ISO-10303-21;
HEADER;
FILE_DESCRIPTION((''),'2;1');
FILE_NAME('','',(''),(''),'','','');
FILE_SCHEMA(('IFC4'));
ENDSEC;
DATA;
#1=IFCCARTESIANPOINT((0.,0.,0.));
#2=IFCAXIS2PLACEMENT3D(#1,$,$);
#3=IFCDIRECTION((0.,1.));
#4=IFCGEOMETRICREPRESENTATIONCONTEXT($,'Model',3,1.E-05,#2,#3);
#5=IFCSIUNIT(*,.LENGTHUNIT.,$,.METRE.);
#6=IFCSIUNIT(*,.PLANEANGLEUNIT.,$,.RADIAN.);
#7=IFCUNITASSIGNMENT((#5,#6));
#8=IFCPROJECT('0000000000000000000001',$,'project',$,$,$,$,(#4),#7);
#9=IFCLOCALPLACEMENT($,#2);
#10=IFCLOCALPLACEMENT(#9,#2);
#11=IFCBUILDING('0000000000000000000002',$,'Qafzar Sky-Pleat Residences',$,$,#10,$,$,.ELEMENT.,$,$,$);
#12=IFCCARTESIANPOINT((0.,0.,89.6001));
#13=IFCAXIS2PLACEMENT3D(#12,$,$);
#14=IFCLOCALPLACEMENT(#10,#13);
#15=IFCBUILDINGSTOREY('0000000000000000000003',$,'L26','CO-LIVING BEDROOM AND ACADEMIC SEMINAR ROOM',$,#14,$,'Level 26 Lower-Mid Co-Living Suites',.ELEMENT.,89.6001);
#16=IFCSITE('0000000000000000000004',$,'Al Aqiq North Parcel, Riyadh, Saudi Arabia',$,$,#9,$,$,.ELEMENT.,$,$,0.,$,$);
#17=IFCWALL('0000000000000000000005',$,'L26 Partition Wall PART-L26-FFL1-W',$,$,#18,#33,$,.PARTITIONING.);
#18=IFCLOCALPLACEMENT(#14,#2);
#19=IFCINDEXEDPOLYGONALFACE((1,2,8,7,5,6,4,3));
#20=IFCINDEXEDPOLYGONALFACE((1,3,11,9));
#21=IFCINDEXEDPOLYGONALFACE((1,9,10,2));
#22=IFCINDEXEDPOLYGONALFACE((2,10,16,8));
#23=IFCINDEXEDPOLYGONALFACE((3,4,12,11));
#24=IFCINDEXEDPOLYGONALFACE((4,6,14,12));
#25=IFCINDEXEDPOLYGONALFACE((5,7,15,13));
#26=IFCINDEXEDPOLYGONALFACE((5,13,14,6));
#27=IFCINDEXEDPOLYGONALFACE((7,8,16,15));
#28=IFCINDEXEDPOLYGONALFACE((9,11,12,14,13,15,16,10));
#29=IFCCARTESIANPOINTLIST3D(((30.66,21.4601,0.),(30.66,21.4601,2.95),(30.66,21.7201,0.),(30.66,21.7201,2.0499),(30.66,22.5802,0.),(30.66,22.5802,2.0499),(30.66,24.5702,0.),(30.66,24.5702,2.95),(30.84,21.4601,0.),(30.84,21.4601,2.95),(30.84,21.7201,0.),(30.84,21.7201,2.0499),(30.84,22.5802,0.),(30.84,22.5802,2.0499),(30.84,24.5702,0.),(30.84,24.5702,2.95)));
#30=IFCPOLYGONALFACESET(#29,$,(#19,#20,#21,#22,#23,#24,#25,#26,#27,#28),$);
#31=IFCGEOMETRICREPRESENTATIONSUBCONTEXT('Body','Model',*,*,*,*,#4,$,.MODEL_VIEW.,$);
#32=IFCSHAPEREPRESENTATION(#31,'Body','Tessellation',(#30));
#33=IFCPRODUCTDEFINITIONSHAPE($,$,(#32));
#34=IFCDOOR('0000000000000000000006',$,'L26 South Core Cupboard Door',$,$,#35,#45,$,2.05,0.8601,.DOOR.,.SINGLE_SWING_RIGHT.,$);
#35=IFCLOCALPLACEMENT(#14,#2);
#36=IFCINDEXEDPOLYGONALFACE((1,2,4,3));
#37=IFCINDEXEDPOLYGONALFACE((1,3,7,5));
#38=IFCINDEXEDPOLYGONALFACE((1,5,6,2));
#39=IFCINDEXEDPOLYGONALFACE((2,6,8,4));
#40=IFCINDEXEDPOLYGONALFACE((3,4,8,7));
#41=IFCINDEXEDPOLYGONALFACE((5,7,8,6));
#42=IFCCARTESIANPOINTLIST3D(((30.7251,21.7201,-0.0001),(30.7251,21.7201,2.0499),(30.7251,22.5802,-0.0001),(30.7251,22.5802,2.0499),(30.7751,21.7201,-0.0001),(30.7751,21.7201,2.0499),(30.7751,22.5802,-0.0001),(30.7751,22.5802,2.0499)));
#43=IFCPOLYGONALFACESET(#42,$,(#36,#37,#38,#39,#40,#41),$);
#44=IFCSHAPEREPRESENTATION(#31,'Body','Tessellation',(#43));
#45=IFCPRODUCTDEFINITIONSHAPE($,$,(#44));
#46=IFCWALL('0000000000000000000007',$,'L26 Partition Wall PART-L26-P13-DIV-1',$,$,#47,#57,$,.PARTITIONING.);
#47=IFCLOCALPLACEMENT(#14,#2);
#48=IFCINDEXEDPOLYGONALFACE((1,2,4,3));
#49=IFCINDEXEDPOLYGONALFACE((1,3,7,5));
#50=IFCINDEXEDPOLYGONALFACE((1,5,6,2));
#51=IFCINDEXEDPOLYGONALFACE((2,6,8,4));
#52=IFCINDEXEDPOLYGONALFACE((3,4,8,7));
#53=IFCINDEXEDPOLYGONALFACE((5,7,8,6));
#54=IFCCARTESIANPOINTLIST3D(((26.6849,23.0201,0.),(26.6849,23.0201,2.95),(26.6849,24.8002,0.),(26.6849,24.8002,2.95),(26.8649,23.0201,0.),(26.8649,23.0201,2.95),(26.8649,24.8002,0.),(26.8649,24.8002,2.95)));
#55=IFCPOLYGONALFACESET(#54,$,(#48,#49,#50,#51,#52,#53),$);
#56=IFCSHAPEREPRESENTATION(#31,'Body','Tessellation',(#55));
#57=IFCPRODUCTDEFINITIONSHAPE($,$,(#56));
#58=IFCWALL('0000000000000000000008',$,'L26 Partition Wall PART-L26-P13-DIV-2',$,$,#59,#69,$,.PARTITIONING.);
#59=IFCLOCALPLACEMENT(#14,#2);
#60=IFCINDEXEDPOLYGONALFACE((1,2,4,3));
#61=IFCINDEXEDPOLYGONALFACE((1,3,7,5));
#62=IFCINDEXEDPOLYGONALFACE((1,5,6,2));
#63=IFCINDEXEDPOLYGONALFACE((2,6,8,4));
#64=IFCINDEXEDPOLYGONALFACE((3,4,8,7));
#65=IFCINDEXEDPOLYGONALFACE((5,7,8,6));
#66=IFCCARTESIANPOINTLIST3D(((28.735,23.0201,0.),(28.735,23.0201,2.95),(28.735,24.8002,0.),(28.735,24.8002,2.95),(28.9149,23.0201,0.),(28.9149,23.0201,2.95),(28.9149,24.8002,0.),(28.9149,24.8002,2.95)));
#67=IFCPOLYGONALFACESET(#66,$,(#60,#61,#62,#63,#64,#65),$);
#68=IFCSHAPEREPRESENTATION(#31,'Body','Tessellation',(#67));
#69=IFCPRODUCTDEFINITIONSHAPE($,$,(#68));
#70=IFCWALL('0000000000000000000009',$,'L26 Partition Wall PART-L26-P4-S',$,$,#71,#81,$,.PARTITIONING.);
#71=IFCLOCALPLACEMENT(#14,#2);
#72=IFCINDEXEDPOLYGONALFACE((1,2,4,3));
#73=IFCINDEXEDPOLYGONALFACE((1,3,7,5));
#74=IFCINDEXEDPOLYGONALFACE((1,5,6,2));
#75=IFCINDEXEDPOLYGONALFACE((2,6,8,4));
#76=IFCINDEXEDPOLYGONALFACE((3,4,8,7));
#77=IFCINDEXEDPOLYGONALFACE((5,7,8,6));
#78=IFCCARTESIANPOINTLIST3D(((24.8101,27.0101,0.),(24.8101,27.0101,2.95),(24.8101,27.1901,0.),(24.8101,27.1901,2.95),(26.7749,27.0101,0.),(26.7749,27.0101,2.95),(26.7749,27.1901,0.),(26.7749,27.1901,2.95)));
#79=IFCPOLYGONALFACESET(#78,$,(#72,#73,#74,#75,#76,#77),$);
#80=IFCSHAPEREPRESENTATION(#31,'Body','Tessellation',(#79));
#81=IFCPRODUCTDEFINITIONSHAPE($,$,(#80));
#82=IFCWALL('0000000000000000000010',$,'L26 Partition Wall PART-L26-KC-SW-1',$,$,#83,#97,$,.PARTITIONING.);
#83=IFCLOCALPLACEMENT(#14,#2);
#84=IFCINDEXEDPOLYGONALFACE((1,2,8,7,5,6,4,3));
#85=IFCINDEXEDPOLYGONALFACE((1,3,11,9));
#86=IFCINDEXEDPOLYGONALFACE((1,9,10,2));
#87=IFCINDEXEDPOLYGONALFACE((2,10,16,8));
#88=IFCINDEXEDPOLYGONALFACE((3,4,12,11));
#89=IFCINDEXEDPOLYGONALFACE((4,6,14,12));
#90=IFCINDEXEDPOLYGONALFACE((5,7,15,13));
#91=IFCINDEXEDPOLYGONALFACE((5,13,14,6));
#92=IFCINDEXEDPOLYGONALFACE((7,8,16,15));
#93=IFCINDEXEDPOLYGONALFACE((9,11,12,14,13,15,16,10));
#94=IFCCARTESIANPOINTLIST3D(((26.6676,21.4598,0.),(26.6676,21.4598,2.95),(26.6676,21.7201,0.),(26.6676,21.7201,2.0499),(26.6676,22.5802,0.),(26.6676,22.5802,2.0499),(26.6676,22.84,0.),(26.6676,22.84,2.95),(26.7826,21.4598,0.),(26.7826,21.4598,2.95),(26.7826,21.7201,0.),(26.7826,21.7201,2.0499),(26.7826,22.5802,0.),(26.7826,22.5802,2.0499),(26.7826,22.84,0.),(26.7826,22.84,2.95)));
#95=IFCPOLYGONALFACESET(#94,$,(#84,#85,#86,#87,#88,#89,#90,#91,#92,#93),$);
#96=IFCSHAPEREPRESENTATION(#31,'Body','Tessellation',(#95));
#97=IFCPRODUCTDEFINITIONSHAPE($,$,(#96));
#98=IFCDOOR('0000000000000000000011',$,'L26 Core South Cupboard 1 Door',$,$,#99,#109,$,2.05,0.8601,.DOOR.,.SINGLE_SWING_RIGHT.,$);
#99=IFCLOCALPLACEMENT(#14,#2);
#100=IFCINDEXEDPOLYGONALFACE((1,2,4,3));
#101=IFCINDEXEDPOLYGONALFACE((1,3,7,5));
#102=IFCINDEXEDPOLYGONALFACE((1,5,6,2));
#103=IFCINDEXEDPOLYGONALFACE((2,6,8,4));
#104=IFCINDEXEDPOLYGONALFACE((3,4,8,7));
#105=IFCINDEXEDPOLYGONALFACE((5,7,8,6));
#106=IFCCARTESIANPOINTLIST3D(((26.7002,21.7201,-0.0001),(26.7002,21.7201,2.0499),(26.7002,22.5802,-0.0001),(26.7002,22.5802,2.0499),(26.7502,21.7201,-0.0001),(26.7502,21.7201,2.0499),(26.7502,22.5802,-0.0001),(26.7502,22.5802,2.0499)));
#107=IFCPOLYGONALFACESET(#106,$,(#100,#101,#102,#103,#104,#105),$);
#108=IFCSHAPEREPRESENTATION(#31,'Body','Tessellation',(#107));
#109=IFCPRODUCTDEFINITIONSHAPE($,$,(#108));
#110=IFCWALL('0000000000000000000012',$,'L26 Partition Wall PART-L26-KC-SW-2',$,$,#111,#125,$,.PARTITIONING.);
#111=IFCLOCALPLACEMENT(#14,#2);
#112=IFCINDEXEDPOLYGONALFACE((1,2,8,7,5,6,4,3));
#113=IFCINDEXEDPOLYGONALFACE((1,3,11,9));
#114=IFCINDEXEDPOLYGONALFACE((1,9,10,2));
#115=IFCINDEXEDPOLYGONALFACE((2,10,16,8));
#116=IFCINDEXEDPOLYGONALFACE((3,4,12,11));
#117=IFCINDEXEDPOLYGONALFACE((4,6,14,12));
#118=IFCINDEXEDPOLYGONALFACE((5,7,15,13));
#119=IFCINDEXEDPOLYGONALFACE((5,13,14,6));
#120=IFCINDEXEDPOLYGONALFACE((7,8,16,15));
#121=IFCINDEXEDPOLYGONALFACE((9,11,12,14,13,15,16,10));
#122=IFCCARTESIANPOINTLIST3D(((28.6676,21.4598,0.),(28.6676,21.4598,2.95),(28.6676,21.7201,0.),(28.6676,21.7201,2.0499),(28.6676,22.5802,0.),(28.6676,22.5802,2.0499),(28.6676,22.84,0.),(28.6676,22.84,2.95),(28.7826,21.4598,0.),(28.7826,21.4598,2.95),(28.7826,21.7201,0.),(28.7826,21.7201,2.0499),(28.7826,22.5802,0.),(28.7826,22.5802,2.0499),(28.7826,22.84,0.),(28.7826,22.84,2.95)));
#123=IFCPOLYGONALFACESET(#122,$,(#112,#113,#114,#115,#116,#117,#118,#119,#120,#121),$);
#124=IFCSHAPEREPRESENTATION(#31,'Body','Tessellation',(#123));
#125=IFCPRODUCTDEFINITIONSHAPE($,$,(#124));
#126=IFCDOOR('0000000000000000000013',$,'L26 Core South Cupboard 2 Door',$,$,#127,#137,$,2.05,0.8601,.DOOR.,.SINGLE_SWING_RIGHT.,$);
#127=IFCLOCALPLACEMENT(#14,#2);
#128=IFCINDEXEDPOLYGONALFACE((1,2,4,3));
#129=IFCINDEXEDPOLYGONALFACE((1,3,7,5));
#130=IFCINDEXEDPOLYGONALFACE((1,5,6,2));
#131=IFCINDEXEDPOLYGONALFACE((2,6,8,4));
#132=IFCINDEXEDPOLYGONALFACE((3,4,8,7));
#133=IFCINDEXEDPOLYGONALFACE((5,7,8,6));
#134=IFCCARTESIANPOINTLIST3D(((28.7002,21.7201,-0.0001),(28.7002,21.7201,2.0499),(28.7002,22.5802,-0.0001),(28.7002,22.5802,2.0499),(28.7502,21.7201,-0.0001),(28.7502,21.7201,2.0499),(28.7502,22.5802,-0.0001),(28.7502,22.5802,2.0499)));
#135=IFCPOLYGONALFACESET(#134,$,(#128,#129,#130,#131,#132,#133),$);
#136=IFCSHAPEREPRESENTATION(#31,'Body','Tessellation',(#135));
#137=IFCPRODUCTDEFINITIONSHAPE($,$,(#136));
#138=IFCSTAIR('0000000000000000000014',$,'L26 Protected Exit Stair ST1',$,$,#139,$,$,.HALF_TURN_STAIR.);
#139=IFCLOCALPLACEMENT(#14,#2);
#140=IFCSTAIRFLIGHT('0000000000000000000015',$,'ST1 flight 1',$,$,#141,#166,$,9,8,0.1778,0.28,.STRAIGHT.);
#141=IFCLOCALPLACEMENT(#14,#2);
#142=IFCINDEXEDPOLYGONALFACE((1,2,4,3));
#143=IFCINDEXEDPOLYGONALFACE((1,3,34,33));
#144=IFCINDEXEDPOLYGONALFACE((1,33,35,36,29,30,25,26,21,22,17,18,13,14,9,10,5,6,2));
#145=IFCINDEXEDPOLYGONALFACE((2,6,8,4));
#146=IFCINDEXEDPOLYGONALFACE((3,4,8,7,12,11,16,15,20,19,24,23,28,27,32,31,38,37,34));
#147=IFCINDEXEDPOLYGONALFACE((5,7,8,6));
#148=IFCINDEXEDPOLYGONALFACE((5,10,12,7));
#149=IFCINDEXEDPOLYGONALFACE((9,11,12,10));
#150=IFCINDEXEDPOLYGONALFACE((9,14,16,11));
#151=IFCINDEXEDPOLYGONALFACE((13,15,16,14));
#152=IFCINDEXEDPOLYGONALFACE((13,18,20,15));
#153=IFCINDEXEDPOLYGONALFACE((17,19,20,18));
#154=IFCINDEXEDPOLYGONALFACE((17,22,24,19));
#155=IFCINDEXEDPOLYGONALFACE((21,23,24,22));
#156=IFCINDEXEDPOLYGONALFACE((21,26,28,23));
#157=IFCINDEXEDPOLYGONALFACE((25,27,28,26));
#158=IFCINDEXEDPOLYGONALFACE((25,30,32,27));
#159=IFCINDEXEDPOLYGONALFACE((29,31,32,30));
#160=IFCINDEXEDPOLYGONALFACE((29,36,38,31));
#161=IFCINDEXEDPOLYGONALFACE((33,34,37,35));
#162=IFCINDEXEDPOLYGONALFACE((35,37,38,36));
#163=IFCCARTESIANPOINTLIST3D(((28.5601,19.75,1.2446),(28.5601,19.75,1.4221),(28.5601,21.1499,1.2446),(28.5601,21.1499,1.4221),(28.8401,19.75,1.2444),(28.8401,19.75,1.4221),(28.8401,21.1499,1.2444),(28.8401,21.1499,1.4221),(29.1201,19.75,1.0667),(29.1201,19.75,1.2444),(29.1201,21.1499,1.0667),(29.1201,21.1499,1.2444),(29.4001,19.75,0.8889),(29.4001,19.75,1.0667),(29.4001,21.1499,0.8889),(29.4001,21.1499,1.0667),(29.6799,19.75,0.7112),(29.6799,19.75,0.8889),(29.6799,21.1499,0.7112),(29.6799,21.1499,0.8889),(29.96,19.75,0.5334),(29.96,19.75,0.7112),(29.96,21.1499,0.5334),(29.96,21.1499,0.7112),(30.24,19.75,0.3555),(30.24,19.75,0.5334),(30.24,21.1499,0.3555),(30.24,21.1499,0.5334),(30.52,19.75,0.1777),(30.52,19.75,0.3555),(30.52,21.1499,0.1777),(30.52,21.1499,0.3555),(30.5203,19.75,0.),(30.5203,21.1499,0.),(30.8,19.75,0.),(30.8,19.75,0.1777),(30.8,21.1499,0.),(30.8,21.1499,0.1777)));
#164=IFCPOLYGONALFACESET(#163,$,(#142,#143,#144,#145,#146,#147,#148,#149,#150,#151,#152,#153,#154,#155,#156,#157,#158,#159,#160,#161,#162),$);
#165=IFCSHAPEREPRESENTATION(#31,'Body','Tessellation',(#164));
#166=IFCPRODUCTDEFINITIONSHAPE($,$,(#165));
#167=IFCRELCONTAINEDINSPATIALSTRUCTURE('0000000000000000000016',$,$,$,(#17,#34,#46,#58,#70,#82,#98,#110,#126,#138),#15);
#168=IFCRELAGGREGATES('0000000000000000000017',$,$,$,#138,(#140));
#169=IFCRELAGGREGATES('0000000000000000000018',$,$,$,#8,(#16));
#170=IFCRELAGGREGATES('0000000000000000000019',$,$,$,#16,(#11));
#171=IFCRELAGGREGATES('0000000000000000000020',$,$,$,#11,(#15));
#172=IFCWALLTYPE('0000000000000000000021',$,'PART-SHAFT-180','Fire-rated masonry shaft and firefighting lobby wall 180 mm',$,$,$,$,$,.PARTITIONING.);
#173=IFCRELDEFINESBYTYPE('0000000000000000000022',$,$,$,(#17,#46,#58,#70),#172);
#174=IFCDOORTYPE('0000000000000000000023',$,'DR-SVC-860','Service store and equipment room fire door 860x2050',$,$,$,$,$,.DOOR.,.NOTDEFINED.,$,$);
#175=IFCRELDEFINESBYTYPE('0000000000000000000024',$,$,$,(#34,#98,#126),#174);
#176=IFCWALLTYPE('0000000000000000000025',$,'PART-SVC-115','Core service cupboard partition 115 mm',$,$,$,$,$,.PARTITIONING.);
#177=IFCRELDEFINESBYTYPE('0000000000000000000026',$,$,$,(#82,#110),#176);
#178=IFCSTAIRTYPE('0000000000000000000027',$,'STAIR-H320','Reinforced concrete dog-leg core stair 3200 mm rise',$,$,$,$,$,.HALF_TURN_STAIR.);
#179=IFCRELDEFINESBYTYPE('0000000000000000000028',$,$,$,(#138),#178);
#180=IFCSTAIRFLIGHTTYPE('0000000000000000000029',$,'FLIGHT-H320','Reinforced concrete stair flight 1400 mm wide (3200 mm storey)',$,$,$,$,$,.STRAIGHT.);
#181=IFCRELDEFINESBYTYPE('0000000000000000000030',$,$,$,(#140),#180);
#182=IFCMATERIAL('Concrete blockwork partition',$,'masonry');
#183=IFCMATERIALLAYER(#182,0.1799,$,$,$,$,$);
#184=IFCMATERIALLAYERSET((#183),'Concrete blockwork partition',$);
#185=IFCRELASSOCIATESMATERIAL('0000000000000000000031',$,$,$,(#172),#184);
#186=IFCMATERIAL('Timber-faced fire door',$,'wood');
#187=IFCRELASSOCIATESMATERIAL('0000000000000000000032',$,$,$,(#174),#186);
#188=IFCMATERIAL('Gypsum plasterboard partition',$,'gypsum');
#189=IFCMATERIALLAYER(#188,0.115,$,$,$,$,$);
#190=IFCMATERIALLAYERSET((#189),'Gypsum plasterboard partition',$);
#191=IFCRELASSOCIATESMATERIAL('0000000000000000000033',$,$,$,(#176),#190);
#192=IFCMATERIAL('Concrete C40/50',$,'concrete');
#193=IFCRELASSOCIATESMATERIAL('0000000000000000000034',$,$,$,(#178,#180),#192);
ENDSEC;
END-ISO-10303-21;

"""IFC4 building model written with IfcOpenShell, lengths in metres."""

from ifc_helpers import new_model, si_unit, direction, frame, frame_2d, origin, place, context, subcontext, project, spatial, polyline, rectangle, outline, extrude, source, transform, mapped, material, layer, layer_set, type_object, element, fill, aggregate, save


model = new_model("IFC4")

# Units and contexts
model_context = context("Model", 3, precision=1e-05, world=origin(), true_north=direction((0.0, 1.0)))
body_context = subcontext(model_context, "Body", "Model", "MODEL_VIEW")
ifc_project = project(units=[si_unit("LENGTHUNIT", "METRE"), si_unit("PLANEANGLEUNIT", "RADIAN")], contexts=[model_context])

# Site, building, storey
site_placement = place(None, origin())
site = spatial("IfcSite", under=ifc_project, at=site_placement, Name="Al Aqiq North Parcel, Riyadh, Saudi Arabia", CompositionType="ELEMENT", RefElevation=0.0)
building_placement = place(site_placement, origin())
building = spatial("IfcBuilding", under=site, at=building_placement, Name="Qafzar Sky-Pleat Residences", CompositionType="ELEMENT")
storey_placement = place(building_placement, frame((0.0, 0.0, 89.6001)))
storey = spatial("IfcBuildingStorey", under=building, at=storey_placement, Name="L26", Description="CO-LIVING BEDROOM AND ACADEMIC SEMINAR ROOM", LongName="Level 26 Lower-Mid Co-Living Suites", CompositionType="ELEMENT", Elevation=89.6001)

# Wall, opening, door
ifc_material_1 = material(Name="Concrete blockwork partition", Category="masonry")
ifc_layer_1 = layer(ifc_material_1, 0.1799)
ifc_layer_set_1 = layer_set([ifc_layer_1], Name="Concrete blockwork partition")
wall_type_1 = type_object("IfcWallType", Name="PART-SHAFT-180", Description="Fire-rated masonry shaft and firefighting lobby wall 180 mm", PredefinedType="PARTITIONING", material=ifc_layer_set_1)
wall_1_placement = place(storey_placement, frame((30.75, 21.46, 0.0), z_axis=(0.0, 0.0, 1.0), x_axis=(0.0, 1.0, 0.0)))
wall_1 = element("IfcWall", 1, at=wall_1_placement, inside=storey, type_object=wall_type_1, Name="L26 Partition Wall PART-L26-FFL1-W", PredefinedType="PARTITIONING", context=body_context, shape_type="SweptSolid", body=[
    extrude(rectangle(XDim=3.1101, YDim=0.1799, at=frame_2d((1.5552, 0.0))), origin(), (0.0, 0.0, 1.0), 2.95),
])
opening_1_placement = place(wall_1_placement, frame((0.26, 0.0, 0.0)))
opening_1 = element("IfcOpeningElement", 2, at=opening_1_placement, cuts=wall_1, PredefinedType="OPENING", context=body_context, shape_type="SweptSolid", body=[
    extrude(rectangle(XDim=0.8601, YDim=2.05, at=frame_2d((0.4302, 1.0249))), frame((0.0, 0.1001, 0.0), z_axis=(0.0, -1.0, 0.0), x_axis=(1.0, 0.0, 0.0)), (0.0, 0.0, 1.0), 0.2),
])
ifc_material_2 = material(Name="Timber-faced fire door", Category="wood")
door_type_1 = type_object("IfcDoorType", Name="DR-SVC-860", Description="Service store and equipment room fire door 860x2050", OperationType="NOTDEFINED", PredefinedType="DOOR", material=ifc_material_2)
shared_shape_1 = source(origin(), body_context, "Body", "SweptSolid", [
    extrude(rectangle(XDim=0.8601, YDim=2.05, at=frame_2d((0.4302, 1.0249))), frame((0.0, 0.0249, 0.0), z_axis=(0.0, -1.0, 0.0), x_axis=(1.0, 0.0, 0.0)), (0.0, 0.0, 1.0), 0.05),
])
door_1_placement = place(opening_1_placement, origin())
door_1 = element("IfcDoor", 3, at=door_1_placement, inside=storey, type_object=door_type_1, Name="L26 South Core Cupboard Door", OperationType="SINGLE_SWING_RIGHT", OverallHeight=2.05, OverallWidth=0.8601, PredefinedType="DOOR", context=body_context, shape_type="MappedRepresentation", body=[
    mapped(shared_shape_1, transform((0.0, 0.0, 0.0), x_axis=(1.0, 0.0, 0.0), y_axis=(0.0, 1.0, 0.0), z_axis=(0.0, 0.0, 1.0), scale=1.0)),
])
fill(opening_1, door_1)

# Wall
wall_2_placement = place(storey_placement, frame((26.7749, 23.02, 0.0), z_axis=(0.0, 0.0, 1.0), x_axis=(0.0, 1.0, 0.0)))
element("IfcWall", 4, at=wall_2_placement, inside=storey, type_object=wall_type_1, Name="L26 Partition Wall PART-L26-P13-DIV-1", PredefinedType="PARTITIONING", context=body_context, shape_type="SweptSolid", body=[
    extrude(rectangle(XDim=1.78, YDim=0.1799, at=frame_2d((0.8901, 0.0))), origin(), (0.0, 0.0, 1.0), 2.95),
])

# Walls
wall_3_placement = place(storey_placement, frame((28.825, 23.02, 0.0), z_axis=(0.0, 0.0, 1.0), x_axis=(0.0, 1.0, 0.0)))
element("IfcWall", 5, at=wall_3_placement, inside=storey, type_object=wall_type_1, Name="L26 Partition Wall PART-L26-P13-DIV-2", PredefinedType="PARTITIONING", context=body_context, shape_type="SweptSolid", body=[
    extrude(rectangle(XDim=1.78, YDim=0.1799, at=frame_2d((0.8901, 0.0))), origin(), (0.0, 0.0, 1.0), 2.95),
])
wall_4_placement = place(storey_placement, frame((24.8101, 27.1001, 0.0), z_axis=(0.0, 0.0, 1.0), x_axis=(1.0, 0.0, 0.0)))
element("IfcWall", 6, at=wall_4_placement, inside=storey, type_object=wall_type_1, Name="L26 Partition Wall PART-L26-P4-S", PredefinedType="PARTITIONING", context=body_context, shape_type="SweptSolid", body=[
    extrude(rectangle(XDim=1.9648, YDim=0.1799, at=frame_2d((0.9824, 0.0))), origin(), (0.0, 0.0, 1.0), 2.95),
])

# Walls, openings, doors
ifc_material_3 = material(Name="Gypsum plasterboard partition", Category="gypsum")
ifc_layer_2 = layer(ifc_material_3, 0.115)
ifc_layer_set_2 = layer_set([ifc_layer_2], Name="Gypsum plasterboard partition")
wall_type_2 = type_object("IfcWallType", Name="PART-SVC-115", Description="Core service cupboard partition 115 mm", PredefinedType="PARTITIONING", material=ifc_layer_set_2)
wall_5_placement = place(storey_placement, frame((26.7251, 21.46, 0.0), z_axis=(0.0, 0.0, 1.0), x_axis=(0.0, 1.0, 0.0)))
wall_5 = element("IfcWall", 7, at=wall_5_placement, inside=storey, type_object=wall_type_2, Name="L26 Partition Wall PART-L26-KC-SW-1", PredefinedType="PARTITIONING", context=body_context, shape_type="SweptSolid", body=[
    extrude(rectangle(XDim=1.3801, YDim=0.115, at=frame_2d((0.6899, 0.0))), origin(), (0.0, 0.0, 1.0), 2.95),
])
opening_2_placement = place(wall_5_placement, frame((0.26, 0.0, 0.0)))
opening_2 = element("IfcOpeningElement", 8, at=opening_2_placement, cuts=wall_5, PredefinedType="OPENING", context=body_context, shape_type="SweptSolid", body=[
    extrude(rectangle(XDim=0.8601, YDim=2.05, at=frame_2d((0.4302, 1.0249))), frame((0.0, 0.0674, 0.0), z_axis=(0.0, -1.0, 0.0), x_axis=(1.0, 0.0, 0.0)), (0.0, 0.0, 1.0), 0.135),
])
door_2_placement = place(opening_2_placement, origin())
door_2 = element("IfcDoor", 9, at=door_2_placement, inside=storey, type_object=door_type_1, Name="L26 Core South Cupboard 1 Door", OperationType="SINGLE_SWING_RIGHT", OverallHeight=2.05, OverallWidth=0.8601, PredefinedType="DOOR", context=body_context, shape_type="MappedRepresentation", body=[
    mapped(shared_shape_1, transform((0.0, 0.0, 0.0), x_axis=(1.0, 0.0, 0.0), y_axis=(0.0, 1.0, 0.0), z_axis=(0.0, 0.0, 1.0), scale=1.0)),
])
fill(opening_2, door_2)
wall_6_placement = place(storey_placement, frame((28.7251, 21.46, 0.0), z_axis=(0.0, 0.0, 1.0), x_axis=(0.0, 1.0, 0.0)))
wall_6 = element("IfcWall", 10, at=wall_6_placement, inside=storey, type_object=wall_type_2, Name="L26 Partition Wall PART-L26-KC-SW-2", PredefinedType="PARTITIONING", context=body_context, shape_type="SweptSolid", body=[
    extrude(rectangle(XDim=1.3801, YDim=0.115, at=frame_2d((0.6899, 0.0))), origin(), (0.0, 0.0, 1.0), 2.95),
])
opening_3_placement = place(wall_6_placement, frame((0.26, 0.0, 0.0)))
opening_3 = element("IfcOpeningElement", 11, at=opening_3_placement, cuts=wall_6, PredefinedType="OPENING", context=body_context, shape_type="SweptSolid", body=[
    extrude(rectangle(XDim=0.8601, YDim=2.05, at=frame_2d((0.4302, 1.0249))), frame((0.0, 0.0674, 0.0), z_axis=(0.0, -1.0, 0.0), x_axis=(1.0, 0.0, 0.0)), (0.0, 0.0, 1.0), 0.135),
])
door_3_placement = place(opening_3_placement, origin())
door_3 = element("IfcDoor", 12, at=door_3_placement, inside=storey, type_object=door_type_1, Name="L26 Core South Cupboard 2 Door", OperationType="SINGLE_SWING_RIGHT", OverallHeight=2.05, OverallWidth=0.8601, PredefinedType="DOOR", context=body_context, shape_type="MappedRepresentation", body=[
    mapped(shared_shape_1, transform((0.0, 0.0, 0.0), x_axis=(1.0, 0.0, 0.0), y_axis=(0.0, 1.0, 0.0), z_axis=(0.0, 0.0, 1.0), scale=1.0)),
])
fill(opening_3, door_3)

# Stair, stair flight
ifc_material_4 = material(Name="Concrete C40/50", Category="concrete")
stair_type = type_object("IfcStairType", Name="STAIR-H320", Description="Reinforced concrete dog-leg core stair 3200 mm rise", PredefinedType="HALF_TURN_STAIR", material=ifc_material_4)
stair_placement = place(storey_placement, origin())
stair = element("IfcStair", 13, at=stair_placement, inside=storey, type_object=stair_type, Name="L26 Protected Exit Stair ST1", PredefinedType="HALF_TURN_STAIR")
stair_flight_type = type_object("IfcStairFlightType", Name="FLIGHT-H320", Description="Reinforced concrete stair flight 1400 mm wide (3200 mm storey)", PredefinedType="STRAIGHT", material=ifc_material_4)
shared_shape_2 = source(origin(), body_context, "Body", "SweptSolid", [
    extrude(outline(polyline([(0.0, 0.0), (0.0, 0.1777), (0.28, 0.1777), (0.28, 0.3555), (0.5601, 0.3555), (0.5601, 0.5334), (0.8401, 0.5334), (0.8401, 0.7112), (1.1201, 0.7112), (1.1201, 0.8889), (1.3999, 0.8889), (1.3999, 1.0667), (1.6799, 1.0667), (1.6799, 1.2444), (1.96, 1.2444), (1.96, 1.4221), (2.24, 1.4221), (2.24, 1.6001), (2.24, 1.2446), (0.2798, 0.0), (0.0, 0.0)])), frame((0.0, 0.7, 0.0), z_axis=(0.0, -1.0, 0.0), x_axis=(1.0, 0.0, 0.0)), (0.0, 0.0, 1.0), 1.3999),
])
stair_flight_1_placement = place(storey_placement, frame((30.8, 20.45, 0.0), z_axis=(0.0, 0.0, 1.0), x_axis=(-1.0, 0.0, 0.0)))
stair_flight_1 = element("IfcStairFlight", 14, at=stair_flight_1_placement, type_object=stair_flight_type, Name="ST1 flight 1", NumberOfRisers=9, NumberOfTreads=8, PredefinedType="STRAIGHT", RiserHeight=0.1778, TreadLength=0.28, context=body_context, shape_type="MappedRepresentation", body=[
    mapped(shared_shape_2, transform((0.0, 0.0, 0.0), x_axis=(1.0, 0.0, 0.0), y_axis=(0.0, 1.0, 0.0), z_axis=(0.0, 0.0, 1.0), scale=1.0)),
])
aggregate(stair, [stair_flight_1])

save(model, "model.ifc")
